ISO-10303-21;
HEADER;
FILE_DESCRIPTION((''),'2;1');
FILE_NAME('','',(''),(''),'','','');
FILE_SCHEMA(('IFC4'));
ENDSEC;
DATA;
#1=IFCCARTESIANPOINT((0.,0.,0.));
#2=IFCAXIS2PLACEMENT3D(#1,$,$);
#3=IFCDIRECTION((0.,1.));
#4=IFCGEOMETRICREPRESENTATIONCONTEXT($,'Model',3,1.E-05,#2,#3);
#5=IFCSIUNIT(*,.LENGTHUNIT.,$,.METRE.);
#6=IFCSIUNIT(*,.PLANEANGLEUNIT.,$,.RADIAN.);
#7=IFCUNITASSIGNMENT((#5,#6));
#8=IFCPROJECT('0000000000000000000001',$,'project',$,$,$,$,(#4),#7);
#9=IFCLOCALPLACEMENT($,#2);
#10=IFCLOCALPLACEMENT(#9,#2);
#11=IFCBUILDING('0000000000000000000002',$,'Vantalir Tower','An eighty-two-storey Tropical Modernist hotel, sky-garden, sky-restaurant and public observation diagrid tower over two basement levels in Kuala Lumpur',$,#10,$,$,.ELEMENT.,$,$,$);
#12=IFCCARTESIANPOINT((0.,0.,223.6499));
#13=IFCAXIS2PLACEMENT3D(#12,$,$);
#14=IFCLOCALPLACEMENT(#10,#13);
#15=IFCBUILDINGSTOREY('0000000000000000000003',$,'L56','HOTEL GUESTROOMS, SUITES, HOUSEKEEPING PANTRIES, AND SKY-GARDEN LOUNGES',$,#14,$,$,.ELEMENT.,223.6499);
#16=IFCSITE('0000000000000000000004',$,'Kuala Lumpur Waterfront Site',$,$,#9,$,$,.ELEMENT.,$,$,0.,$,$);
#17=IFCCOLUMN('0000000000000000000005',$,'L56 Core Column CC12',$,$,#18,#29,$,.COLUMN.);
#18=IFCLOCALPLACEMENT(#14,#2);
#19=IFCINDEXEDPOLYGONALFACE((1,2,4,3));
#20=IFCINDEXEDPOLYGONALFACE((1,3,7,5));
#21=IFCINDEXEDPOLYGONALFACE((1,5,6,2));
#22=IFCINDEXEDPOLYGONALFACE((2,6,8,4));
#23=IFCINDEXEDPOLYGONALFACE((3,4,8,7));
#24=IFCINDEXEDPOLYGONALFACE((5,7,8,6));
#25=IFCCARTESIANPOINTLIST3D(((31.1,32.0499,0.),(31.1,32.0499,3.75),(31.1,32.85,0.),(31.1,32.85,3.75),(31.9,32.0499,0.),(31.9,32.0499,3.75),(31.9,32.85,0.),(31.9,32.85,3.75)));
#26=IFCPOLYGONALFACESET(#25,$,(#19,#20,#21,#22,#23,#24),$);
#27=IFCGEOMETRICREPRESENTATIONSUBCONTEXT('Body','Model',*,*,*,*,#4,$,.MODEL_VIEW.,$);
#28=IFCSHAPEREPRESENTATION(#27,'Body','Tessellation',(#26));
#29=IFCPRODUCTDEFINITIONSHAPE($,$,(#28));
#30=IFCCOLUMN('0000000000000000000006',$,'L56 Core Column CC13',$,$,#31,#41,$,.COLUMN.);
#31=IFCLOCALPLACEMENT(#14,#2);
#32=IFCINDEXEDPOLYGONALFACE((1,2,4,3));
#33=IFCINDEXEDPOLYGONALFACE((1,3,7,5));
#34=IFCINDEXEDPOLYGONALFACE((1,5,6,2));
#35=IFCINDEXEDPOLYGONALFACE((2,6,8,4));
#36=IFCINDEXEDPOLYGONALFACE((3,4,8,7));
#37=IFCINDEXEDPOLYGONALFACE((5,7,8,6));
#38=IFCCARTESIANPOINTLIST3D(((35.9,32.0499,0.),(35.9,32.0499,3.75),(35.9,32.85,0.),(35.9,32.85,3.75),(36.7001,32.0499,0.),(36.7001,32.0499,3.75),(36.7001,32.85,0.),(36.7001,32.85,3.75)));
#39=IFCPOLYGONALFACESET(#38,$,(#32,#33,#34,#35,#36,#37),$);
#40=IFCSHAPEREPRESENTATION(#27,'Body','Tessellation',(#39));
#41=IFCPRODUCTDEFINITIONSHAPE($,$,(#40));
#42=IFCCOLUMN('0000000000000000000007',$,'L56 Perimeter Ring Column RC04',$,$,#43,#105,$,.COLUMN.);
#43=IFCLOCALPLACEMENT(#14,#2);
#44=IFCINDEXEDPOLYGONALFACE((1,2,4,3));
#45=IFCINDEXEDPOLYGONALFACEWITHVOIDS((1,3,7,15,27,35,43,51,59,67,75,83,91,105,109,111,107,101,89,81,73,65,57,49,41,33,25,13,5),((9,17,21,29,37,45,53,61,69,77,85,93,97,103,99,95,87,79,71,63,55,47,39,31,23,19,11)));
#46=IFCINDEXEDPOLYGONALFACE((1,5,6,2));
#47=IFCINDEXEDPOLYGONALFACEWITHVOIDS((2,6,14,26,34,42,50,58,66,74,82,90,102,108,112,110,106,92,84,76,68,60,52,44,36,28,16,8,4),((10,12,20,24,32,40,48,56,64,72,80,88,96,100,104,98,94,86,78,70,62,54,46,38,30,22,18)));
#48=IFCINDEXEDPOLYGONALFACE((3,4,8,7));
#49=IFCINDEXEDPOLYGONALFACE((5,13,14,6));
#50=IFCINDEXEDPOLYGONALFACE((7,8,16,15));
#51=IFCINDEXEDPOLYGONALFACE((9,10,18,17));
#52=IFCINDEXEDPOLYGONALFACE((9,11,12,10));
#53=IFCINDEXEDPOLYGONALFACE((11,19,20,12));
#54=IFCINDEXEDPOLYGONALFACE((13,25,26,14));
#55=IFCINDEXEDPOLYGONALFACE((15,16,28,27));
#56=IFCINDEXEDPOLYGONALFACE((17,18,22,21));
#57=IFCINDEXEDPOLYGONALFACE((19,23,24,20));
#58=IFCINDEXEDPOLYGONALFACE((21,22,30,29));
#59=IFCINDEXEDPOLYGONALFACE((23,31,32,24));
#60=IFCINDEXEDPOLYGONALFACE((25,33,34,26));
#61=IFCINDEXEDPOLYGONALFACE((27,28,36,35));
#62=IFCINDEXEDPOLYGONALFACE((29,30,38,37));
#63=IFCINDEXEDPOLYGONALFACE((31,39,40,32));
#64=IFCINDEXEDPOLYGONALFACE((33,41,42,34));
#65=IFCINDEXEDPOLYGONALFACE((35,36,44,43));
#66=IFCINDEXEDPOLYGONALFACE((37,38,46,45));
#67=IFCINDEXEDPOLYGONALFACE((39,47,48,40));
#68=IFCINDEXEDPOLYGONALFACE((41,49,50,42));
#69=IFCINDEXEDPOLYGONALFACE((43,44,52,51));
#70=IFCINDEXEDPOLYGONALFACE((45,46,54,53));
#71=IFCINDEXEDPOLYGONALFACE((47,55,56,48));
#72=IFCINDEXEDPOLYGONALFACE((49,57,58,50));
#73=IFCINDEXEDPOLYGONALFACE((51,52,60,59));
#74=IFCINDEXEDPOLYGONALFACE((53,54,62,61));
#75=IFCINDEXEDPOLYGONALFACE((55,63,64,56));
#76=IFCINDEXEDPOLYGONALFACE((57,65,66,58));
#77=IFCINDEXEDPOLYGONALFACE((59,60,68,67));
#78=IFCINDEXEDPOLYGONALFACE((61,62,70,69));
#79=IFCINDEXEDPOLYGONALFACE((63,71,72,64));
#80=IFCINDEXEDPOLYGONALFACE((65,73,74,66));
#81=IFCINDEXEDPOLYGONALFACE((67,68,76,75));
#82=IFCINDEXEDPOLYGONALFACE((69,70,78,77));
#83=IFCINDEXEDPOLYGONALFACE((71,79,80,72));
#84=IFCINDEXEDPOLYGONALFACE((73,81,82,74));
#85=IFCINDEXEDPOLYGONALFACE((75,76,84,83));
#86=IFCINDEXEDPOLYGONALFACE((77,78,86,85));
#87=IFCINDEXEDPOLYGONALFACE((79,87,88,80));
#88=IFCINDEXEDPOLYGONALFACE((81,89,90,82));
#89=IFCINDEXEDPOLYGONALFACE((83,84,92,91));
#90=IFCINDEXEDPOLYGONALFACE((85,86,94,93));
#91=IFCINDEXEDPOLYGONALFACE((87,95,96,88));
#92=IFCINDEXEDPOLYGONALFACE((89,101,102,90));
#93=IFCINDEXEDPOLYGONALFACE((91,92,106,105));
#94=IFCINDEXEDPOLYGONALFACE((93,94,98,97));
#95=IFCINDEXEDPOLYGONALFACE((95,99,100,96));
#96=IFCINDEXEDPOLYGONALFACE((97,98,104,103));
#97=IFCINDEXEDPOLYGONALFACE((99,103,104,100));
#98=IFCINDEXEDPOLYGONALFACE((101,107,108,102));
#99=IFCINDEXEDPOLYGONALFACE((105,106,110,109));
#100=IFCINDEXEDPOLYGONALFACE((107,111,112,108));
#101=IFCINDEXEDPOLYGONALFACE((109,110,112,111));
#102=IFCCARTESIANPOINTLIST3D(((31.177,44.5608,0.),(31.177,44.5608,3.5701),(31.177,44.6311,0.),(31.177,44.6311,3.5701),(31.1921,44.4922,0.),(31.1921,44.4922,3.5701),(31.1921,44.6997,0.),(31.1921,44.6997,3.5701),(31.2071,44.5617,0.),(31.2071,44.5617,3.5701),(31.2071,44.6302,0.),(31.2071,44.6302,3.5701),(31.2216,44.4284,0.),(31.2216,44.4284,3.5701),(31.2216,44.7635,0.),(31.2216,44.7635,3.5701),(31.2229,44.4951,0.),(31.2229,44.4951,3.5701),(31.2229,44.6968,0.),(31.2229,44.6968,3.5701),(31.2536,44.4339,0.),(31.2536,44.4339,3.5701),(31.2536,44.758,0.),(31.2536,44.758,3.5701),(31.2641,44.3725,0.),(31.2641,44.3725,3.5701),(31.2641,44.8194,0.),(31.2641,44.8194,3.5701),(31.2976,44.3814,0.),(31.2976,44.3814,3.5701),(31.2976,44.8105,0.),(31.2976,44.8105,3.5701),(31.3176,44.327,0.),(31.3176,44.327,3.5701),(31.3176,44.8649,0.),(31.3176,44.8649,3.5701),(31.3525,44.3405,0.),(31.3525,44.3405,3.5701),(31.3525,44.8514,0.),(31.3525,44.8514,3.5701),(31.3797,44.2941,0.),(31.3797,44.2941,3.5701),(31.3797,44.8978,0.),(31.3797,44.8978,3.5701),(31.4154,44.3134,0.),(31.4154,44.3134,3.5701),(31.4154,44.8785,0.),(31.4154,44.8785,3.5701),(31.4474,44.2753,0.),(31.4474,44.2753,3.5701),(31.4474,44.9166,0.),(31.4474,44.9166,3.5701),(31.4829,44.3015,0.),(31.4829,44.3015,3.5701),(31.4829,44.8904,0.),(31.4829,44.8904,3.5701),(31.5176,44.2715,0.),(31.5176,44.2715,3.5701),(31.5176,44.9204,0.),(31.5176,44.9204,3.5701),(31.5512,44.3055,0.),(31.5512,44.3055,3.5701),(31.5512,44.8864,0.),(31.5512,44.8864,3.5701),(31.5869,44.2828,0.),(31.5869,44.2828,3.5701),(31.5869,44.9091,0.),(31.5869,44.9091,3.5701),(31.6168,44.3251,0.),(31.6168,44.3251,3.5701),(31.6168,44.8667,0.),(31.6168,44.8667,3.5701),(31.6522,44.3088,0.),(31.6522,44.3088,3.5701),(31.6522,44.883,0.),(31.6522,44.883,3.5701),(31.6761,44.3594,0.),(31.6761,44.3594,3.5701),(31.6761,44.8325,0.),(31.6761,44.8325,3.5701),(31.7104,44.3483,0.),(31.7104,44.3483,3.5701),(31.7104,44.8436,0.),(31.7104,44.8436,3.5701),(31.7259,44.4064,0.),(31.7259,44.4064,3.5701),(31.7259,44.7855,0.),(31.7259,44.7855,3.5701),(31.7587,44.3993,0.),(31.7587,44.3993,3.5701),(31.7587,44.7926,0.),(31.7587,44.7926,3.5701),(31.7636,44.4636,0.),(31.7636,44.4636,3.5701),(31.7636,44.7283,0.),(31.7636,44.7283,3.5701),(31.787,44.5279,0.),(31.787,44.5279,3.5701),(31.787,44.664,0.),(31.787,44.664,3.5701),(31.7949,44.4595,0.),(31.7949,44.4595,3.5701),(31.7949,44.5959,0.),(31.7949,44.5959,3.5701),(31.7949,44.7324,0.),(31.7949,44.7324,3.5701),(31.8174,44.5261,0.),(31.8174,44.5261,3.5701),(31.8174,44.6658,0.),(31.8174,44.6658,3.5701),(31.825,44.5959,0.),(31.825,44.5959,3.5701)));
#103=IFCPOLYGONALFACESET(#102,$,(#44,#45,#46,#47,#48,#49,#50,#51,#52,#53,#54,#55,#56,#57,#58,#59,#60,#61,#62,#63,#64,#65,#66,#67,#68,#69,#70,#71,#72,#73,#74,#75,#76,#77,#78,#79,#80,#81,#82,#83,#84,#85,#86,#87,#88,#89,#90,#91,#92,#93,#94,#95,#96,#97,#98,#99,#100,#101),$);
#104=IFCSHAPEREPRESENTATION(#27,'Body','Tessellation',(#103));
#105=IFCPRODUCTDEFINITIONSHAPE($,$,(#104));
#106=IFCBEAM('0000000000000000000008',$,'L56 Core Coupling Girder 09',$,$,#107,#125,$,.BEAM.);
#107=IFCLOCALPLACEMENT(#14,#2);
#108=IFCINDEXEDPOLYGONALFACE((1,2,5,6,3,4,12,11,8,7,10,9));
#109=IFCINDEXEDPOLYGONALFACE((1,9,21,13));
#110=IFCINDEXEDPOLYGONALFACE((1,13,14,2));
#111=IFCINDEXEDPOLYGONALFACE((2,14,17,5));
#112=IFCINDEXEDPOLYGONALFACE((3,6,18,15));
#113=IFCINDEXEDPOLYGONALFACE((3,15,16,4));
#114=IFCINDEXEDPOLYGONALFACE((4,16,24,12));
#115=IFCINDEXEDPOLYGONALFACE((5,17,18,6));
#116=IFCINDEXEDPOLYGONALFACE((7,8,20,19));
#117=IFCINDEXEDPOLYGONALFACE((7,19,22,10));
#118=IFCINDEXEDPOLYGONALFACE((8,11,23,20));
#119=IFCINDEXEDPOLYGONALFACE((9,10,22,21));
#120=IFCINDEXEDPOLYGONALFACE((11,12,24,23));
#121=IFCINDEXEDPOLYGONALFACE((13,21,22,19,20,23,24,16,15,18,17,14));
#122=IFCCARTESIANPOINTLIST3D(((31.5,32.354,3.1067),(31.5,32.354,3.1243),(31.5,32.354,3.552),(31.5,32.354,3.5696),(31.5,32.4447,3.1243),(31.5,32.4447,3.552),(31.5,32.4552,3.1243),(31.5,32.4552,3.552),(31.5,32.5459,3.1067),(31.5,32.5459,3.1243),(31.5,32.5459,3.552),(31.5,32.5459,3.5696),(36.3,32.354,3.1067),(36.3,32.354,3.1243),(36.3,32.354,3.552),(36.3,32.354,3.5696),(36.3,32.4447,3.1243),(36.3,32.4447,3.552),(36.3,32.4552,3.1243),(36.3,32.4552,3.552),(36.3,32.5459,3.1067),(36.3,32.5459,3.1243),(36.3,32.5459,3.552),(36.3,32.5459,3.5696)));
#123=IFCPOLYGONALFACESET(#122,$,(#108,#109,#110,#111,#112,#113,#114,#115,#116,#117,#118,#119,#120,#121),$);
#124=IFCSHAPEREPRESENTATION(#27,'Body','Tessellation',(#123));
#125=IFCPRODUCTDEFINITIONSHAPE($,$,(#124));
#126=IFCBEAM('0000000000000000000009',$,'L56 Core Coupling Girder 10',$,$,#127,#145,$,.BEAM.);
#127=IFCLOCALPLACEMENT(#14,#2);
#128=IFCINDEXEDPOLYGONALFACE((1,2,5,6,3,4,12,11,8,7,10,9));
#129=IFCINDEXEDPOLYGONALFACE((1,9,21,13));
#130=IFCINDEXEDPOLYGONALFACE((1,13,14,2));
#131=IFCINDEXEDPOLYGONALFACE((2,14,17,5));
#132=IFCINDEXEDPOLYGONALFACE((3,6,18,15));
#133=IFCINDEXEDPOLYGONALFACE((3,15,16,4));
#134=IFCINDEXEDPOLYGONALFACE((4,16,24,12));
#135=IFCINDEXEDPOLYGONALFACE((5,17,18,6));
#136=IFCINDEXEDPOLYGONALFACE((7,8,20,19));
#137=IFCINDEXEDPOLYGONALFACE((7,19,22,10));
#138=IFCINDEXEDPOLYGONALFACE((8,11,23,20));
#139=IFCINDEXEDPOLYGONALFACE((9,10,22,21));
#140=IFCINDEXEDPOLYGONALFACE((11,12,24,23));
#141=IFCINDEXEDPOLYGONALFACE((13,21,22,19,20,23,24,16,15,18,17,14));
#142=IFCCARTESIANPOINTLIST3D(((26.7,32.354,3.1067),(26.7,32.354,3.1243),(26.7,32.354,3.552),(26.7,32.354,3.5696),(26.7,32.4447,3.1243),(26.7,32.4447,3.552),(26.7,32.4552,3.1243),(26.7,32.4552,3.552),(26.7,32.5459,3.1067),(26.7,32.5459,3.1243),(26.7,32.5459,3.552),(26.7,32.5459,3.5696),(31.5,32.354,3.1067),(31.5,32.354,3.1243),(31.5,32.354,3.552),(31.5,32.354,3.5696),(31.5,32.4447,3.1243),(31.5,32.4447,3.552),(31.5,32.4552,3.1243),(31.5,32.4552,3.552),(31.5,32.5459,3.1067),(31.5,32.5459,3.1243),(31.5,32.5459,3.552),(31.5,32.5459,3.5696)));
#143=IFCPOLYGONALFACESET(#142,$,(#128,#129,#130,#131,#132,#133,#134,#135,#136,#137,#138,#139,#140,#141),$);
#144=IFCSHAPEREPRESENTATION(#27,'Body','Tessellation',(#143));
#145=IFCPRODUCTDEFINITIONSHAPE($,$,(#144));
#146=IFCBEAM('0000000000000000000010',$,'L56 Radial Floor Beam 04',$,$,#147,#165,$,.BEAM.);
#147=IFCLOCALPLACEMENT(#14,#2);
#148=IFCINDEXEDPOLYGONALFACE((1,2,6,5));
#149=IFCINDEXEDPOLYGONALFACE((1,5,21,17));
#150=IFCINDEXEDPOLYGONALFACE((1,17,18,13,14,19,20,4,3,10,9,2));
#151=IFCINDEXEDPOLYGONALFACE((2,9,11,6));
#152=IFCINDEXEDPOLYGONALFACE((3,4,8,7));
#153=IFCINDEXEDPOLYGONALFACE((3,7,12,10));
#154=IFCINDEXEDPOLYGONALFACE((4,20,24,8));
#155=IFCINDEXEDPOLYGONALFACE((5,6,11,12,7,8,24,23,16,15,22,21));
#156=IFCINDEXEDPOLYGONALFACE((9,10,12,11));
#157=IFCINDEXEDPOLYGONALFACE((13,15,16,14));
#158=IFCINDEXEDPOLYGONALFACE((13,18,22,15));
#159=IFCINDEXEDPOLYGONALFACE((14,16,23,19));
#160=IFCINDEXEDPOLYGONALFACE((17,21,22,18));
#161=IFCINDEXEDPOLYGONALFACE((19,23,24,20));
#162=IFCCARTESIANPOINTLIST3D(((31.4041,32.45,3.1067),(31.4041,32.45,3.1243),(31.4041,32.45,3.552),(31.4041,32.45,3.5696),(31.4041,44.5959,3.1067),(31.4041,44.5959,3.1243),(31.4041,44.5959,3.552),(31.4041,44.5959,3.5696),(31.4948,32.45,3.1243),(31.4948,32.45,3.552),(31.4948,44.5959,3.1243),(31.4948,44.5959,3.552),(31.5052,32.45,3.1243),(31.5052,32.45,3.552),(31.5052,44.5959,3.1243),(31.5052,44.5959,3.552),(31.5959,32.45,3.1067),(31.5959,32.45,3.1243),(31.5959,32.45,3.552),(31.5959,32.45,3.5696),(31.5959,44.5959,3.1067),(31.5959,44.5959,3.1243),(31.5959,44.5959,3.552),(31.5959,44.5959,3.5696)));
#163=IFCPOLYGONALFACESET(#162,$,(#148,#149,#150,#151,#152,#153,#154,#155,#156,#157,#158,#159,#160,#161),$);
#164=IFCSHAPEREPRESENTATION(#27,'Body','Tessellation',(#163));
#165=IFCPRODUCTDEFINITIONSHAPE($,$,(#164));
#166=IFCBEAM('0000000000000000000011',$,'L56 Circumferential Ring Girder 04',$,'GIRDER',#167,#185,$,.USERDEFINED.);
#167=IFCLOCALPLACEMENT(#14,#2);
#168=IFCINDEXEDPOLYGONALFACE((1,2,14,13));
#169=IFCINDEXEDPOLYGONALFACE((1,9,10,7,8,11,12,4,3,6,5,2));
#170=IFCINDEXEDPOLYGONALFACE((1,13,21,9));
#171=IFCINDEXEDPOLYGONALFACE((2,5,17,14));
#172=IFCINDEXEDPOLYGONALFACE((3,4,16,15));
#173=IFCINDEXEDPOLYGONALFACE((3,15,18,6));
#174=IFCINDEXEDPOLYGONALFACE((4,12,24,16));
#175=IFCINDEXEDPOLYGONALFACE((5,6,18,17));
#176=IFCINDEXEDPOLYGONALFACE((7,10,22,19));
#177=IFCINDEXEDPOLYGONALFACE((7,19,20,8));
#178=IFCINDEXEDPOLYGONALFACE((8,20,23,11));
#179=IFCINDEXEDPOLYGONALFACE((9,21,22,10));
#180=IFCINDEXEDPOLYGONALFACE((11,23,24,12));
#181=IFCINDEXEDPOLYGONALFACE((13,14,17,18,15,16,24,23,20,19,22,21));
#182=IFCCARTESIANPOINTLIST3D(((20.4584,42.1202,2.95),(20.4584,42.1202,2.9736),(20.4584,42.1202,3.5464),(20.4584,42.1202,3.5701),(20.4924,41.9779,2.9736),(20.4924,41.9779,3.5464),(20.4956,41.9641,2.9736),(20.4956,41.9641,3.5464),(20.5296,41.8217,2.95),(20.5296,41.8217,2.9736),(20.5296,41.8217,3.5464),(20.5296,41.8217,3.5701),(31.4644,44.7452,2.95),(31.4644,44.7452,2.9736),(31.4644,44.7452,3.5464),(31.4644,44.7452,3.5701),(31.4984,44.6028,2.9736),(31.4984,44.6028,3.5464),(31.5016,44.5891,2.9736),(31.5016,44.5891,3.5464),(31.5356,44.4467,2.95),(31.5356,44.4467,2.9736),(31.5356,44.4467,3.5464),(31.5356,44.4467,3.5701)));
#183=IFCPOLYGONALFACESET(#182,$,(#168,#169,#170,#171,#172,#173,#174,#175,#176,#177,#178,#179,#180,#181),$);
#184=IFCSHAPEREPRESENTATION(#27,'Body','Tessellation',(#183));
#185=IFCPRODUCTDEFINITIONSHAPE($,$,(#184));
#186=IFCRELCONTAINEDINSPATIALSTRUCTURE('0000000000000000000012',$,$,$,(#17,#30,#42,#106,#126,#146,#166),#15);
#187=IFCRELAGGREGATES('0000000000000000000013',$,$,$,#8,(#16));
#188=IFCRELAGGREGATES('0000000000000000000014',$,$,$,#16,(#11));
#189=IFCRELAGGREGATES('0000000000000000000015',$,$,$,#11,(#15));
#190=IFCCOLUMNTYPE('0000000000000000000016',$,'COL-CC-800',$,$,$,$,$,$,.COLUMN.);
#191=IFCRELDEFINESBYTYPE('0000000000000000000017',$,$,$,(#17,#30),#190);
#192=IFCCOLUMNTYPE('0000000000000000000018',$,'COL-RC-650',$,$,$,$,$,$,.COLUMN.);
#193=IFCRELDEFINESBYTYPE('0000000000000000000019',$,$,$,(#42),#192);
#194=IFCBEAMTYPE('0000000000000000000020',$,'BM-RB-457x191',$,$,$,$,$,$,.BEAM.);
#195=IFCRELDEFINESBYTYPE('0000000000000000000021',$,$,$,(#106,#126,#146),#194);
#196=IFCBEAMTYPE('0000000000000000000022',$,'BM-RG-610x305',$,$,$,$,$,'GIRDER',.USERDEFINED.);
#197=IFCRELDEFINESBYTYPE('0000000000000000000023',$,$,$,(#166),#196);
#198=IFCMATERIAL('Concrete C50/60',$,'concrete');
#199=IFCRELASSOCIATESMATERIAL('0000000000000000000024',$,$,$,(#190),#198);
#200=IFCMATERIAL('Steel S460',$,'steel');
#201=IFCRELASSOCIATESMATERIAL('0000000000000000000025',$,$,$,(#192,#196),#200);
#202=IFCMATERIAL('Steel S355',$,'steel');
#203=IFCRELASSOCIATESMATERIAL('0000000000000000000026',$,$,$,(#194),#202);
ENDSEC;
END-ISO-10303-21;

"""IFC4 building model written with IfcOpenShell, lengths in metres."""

from ifc_helpers import new_model, si_unit, direction, frame, origin, origin_2d, place, context, subcontext, project, spatial, rectangle, hollow_circle, i_section, extrude, material, material_profile, profile_set, type_object, element, save


model = new_model("IFC4")

# Units and contexts
model_context = context("Model", 3, precision=1e-05, world=origin(), true_north=direction((0.0, 1.0)))
body_context = subcontext(model_context, "Body", "Model", "MODEL_VIEW")
ifc_project = project(units=[si_unit("LENGTHUNIT", "METRE"), si_unit("PLANEANGLEUNIT", "RADIAN")], contexts=[model_context])

# Site, building, storey
site_placement = place(None, origin())
site = spatial("IfcSite", under=ifc_project, at=site_placement, Name="Kuala Lumpur Waterfront Site", CompositionType="ELEMENT", RefElevation=0.0)
building_placement = place(site_placement, origin())
building = spatial("IfcBuilding", under=site, at=building_placement, Name="Vantalir Tower", Description="An eighty-two-storey Tropical Modernist hotel, sky-garden, sky-restaurant and public observation diagrid tower over two basement levels in Kuala Lumpur", CompositionType="ELEMENT")
storey_placement = place(building_placement, frame((0.0, 0.0, 223.6499)))
storey = spatial("IfcBuildingStorey", under=building, at=storey_placement, Name="L56", Description="HOTEL GUESTROOMS, SUITES, HOUSEKEEPING PANTRIES, AND SKY-GARDEN LOUNGES", CompositionType="ELEMENT", Elevation=223.6499)

# Columns
ifc_material_1 = material(Name="Concrete C50/60", Category="concrete")
ifc_material_profile_1 = material_profile(ifc_material_1, rectangle(XDim=0.8, YDim=0.8, at=origin_2d()), Name="Concrete C50/60")
ifc_profile_set_1 = profile_set([ifc_material_profile_1], Name="Concrete C50/60")
column_type_1 = type_object("IfcColumnType", Name="COL-CC-800", PredefinedType="COLUMN", material=ifc_profile_set_1)
for number, where, z_axis, x_axis, name in (
    (1, (31.5, 32.45, 0.0), (0.0, 0.0, 1.0), (1.0, 0.0, 0.0), "L56 Core Column CC12"),
    (2, (36.3, 32.45, 0.0), (0.0, 0.0, 1.0), (1.0, 0.0, 0.0), "L56 Core Column CC13"),
):
    element("IfcColumn", number, at=place(storey_placement, frame(where, z_axis=z_axis, x_axis=x_axis)), inside=storey, type_object=column_type_1, Name=name, PredefinedType="COLUMN", context=body_context, shape_type="SweptSolid", body=[
        extrude(rectangle(XDim=0.8, YDim=0.8, at=origin_2d()), origin(), (0.0, 0.0, 1.0), 3.75),
    ])
ifc_material_2 = material(Name="Steel S460", Category="steel")
ifc_material_profile_2 = material_profile(ifc_material_2, hollow_circle(Radius=0.325, WallThickness=0.03, at=origin_2d()), Name="Steel S460")
ifc_profile_set_2 = profile_set([ifc_material_profile_2], Name="Steel S460")
column_type_2 = type_object("IfcColumnType", Name="COL-RC-650", PredefinedType="COLUMN", material=ifc_profile_set_2)
column_placement = place(storey_placement, frame((31.5, 44.5959, 0.0), z_axis=(0.0, 0.0, 1.0), x_axis=(1.0, 0.0, 0.0)))
element("IfcColumn", 3, at=column_placement, inside=storey, type_object=column_type_2, Name="L56 Perimeter Ring Column RC04", PredefinedType="COLUMN", context=body_context, shape_type="SweptSolid", body=[
    extrude(hollow_circle(Radius=0.325, WallThickness=0.03, at=origin_2d()), origin(), (0.0, 0.0, 1.0), 3.5701),
])

# Beams
ifc_material_3 = material(Name="Steel S355", Category="steel")
ifc_material_profile_3 = material_profile(ifc_material_3, i_section(OverallWidth=0.1919, OverallDepth=0.4629, WebThickness=0.0105, FlangeThickness=0.0176, at=origin_2d()), Name="Steel S355")
ifc_profile_set_3 = profile_set([ifc_material_profile_3], Name="Steel S355")
beam_type_1 = type_object("IfcBeamType", Name="BM-RB-457x191", PredefinedType="BEAM", material=ifc_profile_set_3)
for number, where, z_axis, x_axis, name in (
    (4, (36.3, 32.45, 3.3381), (-1.0, 0.0, 0.0), (0.0, -1.0, 0.0), "L56 Core Coupling Girder 09"),
    (5, (31.5, 32.45, 3.3381), (-1.0, 0.0, 0.0), (0.0, -1.0, 0.0), "L56 Core Coupling Girder 10"),
):
    element("IfcBeam", number, at=place(storey_placement, frame(where, z_axis=z_axis, x_axis=x_axis)), inside=storey, type_object=beam_type_1, Name=name, PredefinedType="BEAM", context=body_context, shape_type="SweptSolid", body=[
        extrude(i_section(OverallWidth=0.1919, OverallDepth=0.4629, WebThickness=0.0105, FlangeThickness=0.0176, at=origin_2d()), origin(), (0.0, 0.0, 1.0), 4.8),
    ])
beam_1_placement = place(storey_placement, frame((31.5, 44.5959, 3.3381), z_axis=(0.0, -1.0, 0.0), x_axis=(1.0, 0.0, 0.0)))
element("IfcBeam", 6, at=beam_1_placement, inside=storey, type_object=beam_type_1, Name="L56 Radial Floor Beam 04", PredefinedType="BEAM", context=body_context, shape_type="SweptSolid", body=[
    extrude(i_section(OverallWidth=0.1919, OverallDepth=0.4629, WebThickness=0.0105, FlangeThickness=0.0176, at=origin_2d()), origin(), (0.0, 0.0, 1.0), 12.146),
])
ifc_material_profile_4 = material_profile(ifc_material_2, i_section(OverallWidth=0.3069, OverallDepth=0.6201, WebThickness=0.0142, FlangeThickness=0.0237, at=origin_2d()), Name="Steel S460")
ifc_profile_set_4 = profile_set([ifc_material_profile_4], Name="Steel S460")
beam_type_2 = type_object("IfcBeamType", Name="BM-RG-610x305", ElementType="GIRDER", PredefinedType="USERDEFINED", material=ifc_profile_set_4)
beam_2_placement = place(storey_placement, frame((31.5, 44.5959, 3.26), z_axis=(-0.972717, -0.231997, 0.0), x_axis=(0.231997, -0.972717, 0.0)))
element("IfcBeam", 7, at=beam_2_placement, inside=storey, type_object=beam_type_2, Name="L56 Circumferential Ring Girder 04", ObjectType="GIRDER", PredefinedType="USERDEFINED", context=body_context, shape_type="SweptSolid", body=[
    extrude(i_section(OverallWidth=0.3069, OverallDepth=0.6201, WebThickness=0.0142, FlangeThickness=0.0237, at=origin_2d()), origin(), (0.0, 0.0, 1.0), 11.3147),
])

save(model, "model.ifc")
